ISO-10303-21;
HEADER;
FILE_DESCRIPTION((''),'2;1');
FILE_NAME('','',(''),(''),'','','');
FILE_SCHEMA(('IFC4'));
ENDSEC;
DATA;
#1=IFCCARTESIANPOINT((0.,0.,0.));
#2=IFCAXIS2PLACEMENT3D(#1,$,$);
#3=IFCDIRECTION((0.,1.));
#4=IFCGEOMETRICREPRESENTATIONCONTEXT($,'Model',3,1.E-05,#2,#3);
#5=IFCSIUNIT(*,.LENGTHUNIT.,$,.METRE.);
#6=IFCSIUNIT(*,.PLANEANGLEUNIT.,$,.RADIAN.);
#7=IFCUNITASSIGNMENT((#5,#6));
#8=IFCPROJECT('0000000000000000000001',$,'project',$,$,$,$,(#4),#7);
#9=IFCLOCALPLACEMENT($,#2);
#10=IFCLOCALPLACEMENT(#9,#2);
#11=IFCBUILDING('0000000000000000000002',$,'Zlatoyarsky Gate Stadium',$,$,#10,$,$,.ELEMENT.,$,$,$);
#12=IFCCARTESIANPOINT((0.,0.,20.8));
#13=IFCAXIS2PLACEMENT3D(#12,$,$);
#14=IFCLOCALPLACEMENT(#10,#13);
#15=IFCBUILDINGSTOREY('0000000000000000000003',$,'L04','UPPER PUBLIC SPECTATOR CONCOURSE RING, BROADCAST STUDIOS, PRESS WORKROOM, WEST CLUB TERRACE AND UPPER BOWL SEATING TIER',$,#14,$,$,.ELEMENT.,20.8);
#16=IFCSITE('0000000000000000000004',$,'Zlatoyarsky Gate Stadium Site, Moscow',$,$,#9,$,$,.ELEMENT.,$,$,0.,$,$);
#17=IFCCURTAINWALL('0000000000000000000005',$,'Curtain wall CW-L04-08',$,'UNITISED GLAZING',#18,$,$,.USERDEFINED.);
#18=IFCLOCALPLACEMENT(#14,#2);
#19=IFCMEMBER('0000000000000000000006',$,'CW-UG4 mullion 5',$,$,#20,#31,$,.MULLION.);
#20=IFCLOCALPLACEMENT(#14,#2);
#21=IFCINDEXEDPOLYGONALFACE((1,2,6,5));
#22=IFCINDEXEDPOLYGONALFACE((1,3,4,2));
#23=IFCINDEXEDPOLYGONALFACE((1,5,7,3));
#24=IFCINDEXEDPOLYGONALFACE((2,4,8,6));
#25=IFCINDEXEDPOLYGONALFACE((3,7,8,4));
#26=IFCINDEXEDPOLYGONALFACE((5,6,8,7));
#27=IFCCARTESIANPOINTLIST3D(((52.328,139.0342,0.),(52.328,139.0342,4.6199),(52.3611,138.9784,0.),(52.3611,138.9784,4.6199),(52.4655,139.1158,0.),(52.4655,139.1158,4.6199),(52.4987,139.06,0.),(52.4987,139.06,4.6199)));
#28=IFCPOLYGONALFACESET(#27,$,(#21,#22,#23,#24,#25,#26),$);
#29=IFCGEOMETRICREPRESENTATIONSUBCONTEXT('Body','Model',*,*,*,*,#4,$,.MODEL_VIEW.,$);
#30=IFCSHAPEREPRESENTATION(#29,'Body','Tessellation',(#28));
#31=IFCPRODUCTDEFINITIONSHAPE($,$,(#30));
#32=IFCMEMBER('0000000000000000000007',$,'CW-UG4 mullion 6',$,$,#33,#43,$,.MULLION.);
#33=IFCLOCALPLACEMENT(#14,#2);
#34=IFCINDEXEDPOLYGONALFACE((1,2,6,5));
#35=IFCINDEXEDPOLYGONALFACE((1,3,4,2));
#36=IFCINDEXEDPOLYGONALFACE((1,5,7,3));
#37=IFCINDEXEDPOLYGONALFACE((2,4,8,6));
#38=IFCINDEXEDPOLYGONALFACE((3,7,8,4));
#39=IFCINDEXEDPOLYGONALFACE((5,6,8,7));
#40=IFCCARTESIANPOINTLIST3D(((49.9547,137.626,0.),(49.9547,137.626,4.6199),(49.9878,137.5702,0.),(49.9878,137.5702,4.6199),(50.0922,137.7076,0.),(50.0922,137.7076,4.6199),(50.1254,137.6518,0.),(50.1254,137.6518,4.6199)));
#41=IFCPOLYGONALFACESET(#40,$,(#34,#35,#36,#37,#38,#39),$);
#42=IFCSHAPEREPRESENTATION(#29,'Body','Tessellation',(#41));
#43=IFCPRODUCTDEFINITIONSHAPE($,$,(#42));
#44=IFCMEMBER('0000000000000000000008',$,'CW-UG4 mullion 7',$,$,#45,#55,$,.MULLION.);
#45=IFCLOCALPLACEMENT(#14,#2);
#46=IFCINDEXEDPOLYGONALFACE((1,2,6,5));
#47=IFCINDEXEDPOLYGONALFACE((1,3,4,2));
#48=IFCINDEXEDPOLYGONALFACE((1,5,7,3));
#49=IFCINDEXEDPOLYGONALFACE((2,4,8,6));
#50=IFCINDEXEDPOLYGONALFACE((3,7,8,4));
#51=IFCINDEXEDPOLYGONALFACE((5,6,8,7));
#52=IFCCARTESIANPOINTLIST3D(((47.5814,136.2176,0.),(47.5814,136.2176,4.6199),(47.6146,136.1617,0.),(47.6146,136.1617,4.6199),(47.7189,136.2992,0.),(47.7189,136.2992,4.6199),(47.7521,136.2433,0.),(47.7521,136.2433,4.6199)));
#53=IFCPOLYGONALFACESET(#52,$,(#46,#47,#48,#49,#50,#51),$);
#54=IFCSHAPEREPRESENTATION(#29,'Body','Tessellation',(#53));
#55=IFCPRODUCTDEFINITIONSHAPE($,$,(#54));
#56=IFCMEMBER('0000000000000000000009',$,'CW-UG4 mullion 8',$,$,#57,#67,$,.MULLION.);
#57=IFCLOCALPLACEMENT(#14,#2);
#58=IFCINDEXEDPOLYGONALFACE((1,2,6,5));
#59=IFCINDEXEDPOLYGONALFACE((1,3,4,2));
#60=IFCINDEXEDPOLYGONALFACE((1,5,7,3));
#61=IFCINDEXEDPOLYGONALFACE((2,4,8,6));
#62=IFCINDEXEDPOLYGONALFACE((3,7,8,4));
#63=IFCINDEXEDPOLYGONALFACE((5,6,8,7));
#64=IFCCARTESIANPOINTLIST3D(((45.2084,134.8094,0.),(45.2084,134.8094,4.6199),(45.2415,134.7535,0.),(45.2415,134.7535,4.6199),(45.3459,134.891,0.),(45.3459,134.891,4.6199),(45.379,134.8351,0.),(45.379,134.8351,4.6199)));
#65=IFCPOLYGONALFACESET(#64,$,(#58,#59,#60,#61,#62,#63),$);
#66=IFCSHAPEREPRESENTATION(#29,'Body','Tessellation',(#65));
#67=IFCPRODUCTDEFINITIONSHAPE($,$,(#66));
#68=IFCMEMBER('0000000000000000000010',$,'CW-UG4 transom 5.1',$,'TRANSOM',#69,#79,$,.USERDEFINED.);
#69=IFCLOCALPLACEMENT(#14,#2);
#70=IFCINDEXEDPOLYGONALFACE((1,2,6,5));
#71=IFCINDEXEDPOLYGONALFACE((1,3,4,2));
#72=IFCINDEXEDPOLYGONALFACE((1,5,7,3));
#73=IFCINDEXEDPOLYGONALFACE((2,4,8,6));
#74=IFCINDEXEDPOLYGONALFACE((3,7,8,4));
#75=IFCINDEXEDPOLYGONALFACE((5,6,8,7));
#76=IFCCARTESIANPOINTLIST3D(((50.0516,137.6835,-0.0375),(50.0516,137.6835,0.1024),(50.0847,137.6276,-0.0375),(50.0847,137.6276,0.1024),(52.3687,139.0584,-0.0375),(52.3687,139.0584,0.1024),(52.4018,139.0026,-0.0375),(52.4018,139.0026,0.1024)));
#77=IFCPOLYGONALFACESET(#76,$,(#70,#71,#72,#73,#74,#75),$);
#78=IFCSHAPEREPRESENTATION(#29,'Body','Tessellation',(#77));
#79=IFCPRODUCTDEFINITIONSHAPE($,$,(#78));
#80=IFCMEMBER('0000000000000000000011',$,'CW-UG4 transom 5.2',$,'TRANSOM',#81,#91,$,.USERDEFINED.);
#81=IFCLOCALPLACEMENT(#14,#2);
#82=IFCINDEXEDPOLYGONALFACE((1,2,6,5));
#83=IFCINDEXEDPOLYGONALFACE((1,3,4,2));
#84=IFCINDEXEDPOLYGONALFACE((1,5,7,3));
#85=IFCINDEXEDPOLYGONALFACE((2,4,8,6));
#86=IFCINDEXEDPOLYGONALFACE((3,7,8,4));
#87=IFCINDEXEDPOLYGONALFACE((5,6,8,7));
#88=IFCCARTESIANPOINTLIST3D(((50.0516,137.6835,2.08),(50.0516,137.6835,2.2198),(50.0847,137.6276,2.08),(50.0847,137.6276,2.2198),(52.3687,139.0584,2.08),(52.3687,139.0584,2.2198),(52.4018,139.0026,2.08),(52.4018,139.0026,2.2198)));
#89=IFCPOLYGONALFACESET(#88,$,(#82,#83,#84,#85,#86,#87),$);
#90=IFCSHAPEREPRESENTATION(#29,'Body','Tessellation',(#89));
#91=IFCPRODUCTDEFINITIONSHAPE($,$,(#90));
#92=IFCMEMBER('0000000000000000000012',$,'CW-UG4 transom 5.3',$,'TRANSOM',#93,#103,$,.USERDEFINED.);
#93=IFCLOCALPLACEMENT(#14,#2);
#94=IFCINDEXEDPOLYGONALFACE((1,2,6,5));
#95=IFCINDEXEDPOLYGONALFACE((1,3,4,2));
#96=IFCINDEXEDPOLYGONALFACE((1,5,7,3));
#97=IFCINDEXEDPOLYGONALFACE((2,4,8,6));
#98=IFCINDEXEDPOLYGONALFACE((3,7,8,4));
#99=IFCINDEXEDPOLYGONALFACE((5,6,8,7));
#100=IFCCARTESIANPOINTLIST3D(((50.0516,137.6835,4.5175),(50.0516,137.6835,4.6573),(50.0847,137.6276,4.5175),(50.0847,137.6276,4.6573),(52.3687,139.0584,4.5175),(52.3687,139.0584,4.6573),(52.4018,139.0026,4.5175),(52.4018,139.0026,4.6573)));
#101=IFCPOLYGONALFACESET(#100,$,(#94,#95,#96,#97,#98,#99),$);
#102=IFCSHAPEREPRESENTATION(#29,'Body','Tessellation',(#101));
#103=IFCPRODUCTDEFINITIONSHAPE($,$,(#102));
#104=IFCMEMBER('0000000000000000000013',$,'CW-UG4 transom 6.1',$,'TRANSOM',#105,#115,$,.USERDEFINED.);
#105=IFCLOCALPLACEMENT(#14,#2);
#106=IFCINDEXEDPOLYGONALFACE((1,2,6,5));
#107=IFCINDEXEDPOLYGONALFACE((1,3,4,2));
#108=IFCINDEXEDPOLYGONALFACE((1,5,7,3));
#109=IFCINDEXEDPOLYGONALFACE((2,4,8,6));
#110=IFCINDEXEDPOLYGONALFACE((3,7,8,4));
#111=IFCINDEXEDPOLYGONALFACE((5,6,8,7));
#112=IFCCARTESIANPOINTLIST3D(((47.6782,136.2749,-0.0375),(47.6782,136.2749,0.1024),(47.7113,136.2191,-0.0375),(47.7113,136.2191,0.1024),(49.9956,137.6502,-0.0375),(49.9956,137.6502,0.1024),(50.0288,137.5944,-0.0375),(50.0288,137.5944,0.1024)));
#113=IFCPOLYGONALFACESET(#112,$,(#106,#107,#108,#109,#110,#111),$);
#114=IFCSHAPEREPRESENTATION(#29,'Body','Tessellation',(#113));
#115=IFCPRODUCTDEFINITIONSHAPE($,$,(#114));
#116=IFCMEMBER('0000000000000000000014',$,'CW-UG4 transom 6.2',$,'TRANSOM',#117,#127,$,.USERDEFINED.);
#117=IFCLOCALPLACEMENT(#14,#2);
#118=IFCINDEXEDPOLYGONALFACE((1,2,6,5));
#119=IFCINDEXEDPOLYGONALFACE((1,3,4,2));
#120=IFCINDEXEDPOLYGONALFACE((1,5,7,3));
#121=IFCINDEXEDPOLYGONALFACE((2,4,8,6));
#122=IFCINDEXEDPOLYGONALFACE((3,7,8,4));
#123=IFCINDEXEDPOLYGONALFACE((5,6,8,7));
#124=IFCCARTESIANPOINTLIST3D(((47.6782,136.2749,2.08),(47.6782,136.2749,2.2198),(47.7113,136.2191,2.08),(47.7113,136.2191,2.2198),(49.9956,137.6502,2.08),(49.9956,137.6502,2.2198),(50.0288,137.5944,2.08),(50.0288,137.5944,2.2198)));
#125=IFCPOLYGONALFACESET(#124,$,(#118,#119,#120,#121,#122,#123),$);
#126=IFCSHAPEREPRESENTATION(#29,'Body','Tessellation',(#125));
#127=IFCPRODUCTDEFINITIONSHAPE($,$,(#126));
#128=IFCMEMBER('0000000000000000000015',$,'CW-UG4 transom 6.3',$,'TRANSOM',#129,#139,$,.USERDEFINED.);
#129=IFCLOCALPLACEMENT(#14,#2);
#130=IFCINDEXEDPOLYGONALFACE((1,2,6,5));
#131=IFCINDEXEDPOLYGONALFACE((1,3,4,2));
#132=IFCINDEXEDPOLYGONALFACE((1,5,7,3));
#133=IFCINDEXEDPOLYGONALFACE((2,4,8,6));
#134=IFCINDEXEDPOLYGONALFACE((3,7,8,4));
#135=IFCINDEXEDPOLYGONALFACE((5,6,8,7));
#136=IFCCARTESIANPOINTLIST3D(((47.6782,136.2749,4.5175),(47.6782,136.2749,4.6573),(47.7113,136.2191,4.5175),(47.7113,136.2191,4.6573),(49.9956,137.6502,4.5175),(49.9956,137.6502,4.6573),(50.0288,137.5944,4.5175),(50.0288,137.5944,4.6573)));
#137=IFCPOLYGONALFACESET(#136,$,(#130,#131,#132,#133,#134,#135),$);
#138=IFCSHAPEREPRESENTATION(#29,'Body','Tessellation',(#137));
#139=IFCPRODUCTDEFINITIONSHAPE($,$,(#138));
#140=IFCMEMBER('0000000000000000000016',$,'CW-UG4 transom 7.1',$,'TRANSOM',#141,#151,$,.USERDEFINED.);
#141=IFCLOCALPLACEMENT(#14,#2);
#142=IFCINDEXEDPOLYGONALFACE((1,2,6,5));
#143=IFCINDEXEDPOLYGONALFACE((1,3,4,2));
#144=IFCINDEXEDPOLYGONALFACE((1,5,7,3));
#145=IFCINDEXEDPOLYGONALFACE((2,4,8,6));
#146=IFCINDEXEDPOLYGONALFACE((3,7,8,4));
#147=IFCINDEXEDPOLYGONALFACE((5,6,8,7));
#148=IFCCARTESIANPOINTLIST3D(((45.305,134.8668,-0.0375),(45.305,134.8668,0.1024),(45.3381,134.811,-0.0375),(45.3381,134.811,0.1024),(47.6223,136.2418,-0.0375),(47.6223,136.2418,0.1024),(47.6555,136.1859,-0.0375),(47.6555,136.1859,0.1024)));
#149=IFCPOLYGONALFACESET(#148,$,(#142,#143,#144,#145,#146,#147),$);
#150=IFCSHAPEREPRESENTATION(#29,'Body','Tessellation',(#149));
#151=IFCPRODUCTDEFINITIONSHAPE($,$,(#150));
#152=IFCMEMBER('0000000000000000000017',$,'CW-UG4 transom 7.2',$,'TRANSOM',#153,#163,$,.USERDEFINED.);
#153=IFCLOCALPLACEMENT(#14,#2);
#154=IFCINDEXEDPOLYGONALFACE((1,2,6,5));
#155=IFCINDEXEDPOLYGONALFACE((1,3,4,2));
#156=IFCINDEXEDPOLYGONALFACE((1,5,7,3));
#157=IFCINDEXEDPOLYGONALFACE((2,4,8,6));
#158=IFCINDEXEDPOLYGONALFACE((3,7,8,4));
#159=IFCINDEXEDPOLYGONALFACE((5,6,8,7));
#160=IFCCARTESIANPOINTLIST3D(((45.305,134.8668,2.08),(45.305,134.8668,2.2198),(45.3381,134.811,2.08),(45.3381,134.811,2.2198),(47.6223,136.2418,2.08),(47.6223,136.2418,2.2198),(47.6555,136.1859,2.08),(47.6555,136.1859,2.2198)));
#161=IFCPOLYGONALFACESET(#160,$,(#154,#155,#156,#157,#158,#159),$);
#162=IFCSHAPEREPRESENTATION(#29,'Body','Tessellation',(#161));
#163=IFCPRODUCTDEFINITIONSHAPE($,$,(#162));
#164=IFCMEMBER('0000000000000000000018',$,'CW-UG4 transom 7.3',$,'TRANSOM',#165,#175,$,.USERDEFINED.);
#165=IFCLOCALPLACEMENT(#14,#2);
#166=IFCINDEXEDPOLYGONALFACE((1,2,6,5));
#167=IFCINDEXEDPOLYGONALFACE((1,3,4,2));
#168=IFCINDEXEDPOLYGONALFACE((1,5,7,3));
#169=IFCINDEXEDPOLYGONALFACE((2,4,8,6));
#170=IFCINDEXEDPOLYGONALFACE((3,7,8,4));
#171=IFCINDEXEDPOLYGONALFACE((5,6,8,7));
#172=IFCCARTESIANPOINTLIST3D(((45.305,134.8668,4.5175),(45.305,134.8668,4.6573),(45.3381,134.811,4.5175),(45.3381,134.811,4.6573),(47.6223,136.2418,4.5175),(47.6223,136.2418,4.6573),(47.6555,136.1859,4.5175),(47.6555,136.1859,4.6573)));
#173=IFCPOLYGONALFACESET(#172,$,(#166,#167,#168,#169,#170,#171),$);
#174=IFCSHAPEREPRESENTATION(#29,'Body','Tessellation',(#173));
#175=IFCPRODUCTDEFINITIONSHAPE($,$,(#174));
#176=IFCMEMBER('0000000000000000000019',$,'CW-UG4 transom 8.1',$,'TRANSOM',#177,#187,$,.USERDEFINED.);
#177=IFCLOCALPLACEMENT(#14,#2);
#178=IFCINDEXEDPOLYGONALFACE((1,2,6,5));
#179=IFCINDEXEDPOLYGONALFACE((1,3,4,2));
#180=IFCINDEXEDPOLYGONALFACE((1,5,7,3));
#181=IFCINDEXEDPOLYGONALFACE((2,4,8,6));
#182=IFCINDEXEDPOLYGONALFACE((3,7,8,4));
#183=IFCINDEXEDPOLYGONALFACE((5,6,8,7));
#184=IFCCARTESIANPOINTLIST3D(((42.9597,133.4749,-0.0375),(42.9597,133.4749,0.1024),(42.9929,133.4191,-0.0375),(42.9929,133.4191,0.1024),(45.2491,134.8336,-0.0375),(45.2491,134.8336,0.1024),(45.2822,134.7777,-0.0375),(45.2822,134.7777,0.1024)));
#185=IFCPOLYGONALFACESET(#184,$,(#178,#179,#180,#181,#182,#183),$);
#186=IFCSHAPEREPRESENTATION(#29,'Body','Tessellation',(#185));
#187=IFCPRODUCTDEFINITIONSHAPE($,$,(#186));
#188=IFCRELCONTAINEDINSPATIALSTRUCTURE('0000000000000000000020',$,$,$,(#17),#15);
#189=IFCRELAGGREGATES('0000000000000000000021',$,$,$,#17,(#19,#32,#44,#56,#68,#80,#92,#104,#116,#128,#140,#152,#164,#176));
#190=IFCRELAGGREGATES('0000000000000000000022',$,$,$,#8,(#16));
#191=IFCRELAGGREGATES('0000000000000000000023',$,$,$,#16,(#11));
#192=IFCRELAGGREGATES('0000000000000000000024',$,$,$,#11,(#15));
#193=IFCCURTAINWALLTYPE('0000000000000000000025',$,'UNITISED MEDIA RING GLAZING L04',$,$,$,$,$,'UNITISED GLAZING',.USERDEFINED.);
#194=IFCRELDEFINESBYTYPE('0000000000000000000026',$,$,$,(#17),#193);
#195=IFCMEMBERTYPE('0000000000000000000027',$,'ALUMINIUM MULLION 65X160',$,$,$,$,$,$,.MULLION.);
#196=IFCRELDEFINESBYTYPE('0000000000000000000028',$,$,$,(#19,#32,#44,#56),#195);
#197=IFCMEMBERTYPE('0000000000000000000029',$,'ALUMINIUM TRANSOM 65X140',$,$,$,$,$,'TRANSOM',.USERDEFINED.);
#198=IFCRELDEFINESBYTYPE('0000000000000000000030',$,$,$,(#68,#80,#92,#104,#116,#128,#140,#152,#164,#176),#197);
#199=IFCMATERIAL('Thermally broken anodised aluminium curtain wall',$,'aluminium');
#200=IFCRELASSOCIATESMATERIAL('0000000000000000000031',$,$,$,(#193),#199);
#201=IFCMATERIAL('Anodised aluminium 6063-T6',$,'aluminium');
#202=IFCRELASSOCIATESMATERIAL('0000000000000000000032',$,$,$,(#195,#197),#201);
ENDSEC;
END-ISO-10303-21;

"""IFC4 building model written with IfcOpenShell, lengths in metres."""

from ifc_helpers import new_model, si_unit, direction, frame, origin, origin_2d, place, context, subcontext, project, spatial, rectangle, extrude, material, material_profile, profile_set, type_object, element, aggregate, save


model = new_model("IFC4")

# Units and contexts
model_context = context("Model", 3, precision=1e-05, world=origin(), true_north=direction((0.0, 1.0)))
body_context = subcontext(model_context, "Body", "Model", "MODEL_VIEW")
ifc_project = project(units=[si_unit("LENGTHUNIT", "METRE"), si_unit("PLANEANGLEUNIT", "RADIAN")], contexts=[model_context])

# Site, building, storey
site_placement = place(None, origin())
site = spatial("IfcSite", under=ifc_project, at=site_placement, Name="Zlatoyarsky Gate Stadium Site, Moscow", CompositionType="ELEMENT", RefElevation=0.0)
building_placement = place(site_placement, origin())
building = spatial("IfcBuilding", under=site, at=building_placement, Name="Zlatoyarsky Gate Stadium", CompositionType="ELEMENT")
storey_placement = place(building_placement, frame((0.0, 0.0, 20.8)))
storey = spatial("IfcBuildingStorey", under=building, at=storey_placement, Name="L04", Description="UPPER PUBLIC SPECTATOR CONCOURSE RING, BROADCAST STUDIOS, PRESS WORKROOM, WEST CLUB TERRACE AND UPPER BOWL SEATING TIER", CompositionType="ELEMENT", Elevation=20.8)

# Curtain wall, members
ifc_material_1 = material(Name="Thermally broken anodised aluminium curtain wall", Category="aluminium")
curtain_wall_type = type_object("IfcCurtainWallType", Name="UNITISED MEDIA RING GLAZING L04", ElementType="UNITISED GLAZING", PredefinedType="USERDEFINED", material=ifc_material_1)
curtain_wall_placement = place(storey_placement, origin())
curtain_wall = element("IfcCurtainWall", 1, at=curtain_wall_placement, inside=storey, type_object=curtain_wall_type, Name="Curtain wall CW-L04-08", ObjectType="UNITISED GLAZING", PredefinedType="USERDEFINED")
ifc_material_2 = material(Name="Anodised aluminium 6063-T6", Category="aluminium")
ifc_material_profile_1 = material_profile(ifc_material_2, rectangle(XDim=0.0649, YDim=0.1599, at=origin_2d()), Name="ALU 65X160")
ifc_profile_set_1 = profile_set([ifc_material_profile_1], Name="Anodised aluminium 6063-T6")
member_type_1 = type_object("IfcMemberType", Name="ALUMINIUM MULLION 65X160", PredefinedType="MULLION", material=ifc_profile_set_1)
member_1_placement = place(storey_placement, frame((52.4133, 139.0471, 0.0), z_axis=(0.0, 0.0, 1.0), x_axis=(0.51033, -0.859978, 0.0)))
member_1 = element("IfcMember", 2, at=member_1_placement, type_object=member_type_1, Name="CW-UG4 mullion 5", PredefinedType="MULLION", context=body_context, shape_type="SweptSolid", body=[
    extrude(rectangle(XDim=0.0649, YDim=0.1599, at=origin_2d()), origin(), (0.0, 0.0, 1.0), 4.6199),
])
member_2_placement = place(storey_placement, frame((50.04, 137.6389, 0.0), z_axis=(0.0, 0.0, 1.0), x_axis=(0.51033, -0.859978, 0.0)))
member_2 = element("IfcMember", 3, at=member_2_placement, type_object=member_type_1, Name="CW-UG4 mullion 6", PredefinedType="MULLION", context=body_context, shape_type="SweptSolid", body=[
    extrude(rectangle(XDim=0.0649, YDim=0.1599, at=origin_2d()), origin(), (0.0, 0.0, 1.0), 4.6199),
])
member_3_placement = place(storey_placement, frame((47.6667, 136.2305, 0.0), z_axis=(0.0, 0.0, 1.0), x_axis=(0.51033, -0.859978, 0.0)))
member_3 = element("IfcMember", 4, at=member_3_placement, type_object=member_type_1, Name="CW-UG4 mullion 7", PredefinedType="MULLION", context=body_context, shape_type="SweptSolid", body=[
    extrude(rectangle(XDim=0.0649, YDim=0.1599, at=origin_2d()), origin(), (0.0, 0.0, 1.0), 4.6199),
])
member_4_placement = place(storey_placement, frame((45.2937, 134.8223, 0.0), z_axis=(0.0, 0.0, 1.0), x_axis=(0.51033, -0.859978, 0.0)))
member_4 = element("IfcMember", 5, at=member_4_placement, type_object=member_type_1, Name="CW-UG4 mullion 8", PredefinedType="MULLION", context=body_context, shape_type="SweptSolid", body=[
    extrude(rectangle(XDim=0.0649, YDim=0.1599, at=origin_2d()), origin(), (0.0, 0.0, 1.0), 4.6199),
])
ifc_material_profile_2 = material_profile(ifc_material_2, rectangle(XDim=0.0649, YDim=0.1399, at=origin_2d()), Name="ALU 65X140")
ifc_profile_set_2 = profile_set([ifc_material_profile_2], Name="Anodised aluminium 6063-T6")
member_type_2 = type_object("IfcMemberType", Name="ALUMINIUM TRANSOM 65X140", ElementType="TRANSOM", PredefinedType="USERDEFINED", material=ifc_profile_set_2)
member_5_placement = place(storey_placement, frame((52.3853, 139.0305, 0.0325), z_axis=(-0.859985, -0.510319, 0.0), x_axis=(0.510319, -0.859985, 0.0)))
member_5 = element("IfcMember", 6, at=member_5_placement, type_object=member_type_2, Name="CW-UG4 transom 5.1", ObjectType="TRANSOM", PredefinedType="USERDEFINED", context=body_context, shape_type="SweptSolid", body=[
    extrude(rectangle(XDim=0.0649, YDim=0.1399, at=origin_2d()), origin(), (0.0, 0.0, 1.0), 2.6943),
])
member_6_placement = place(storey_placement, frame((52.3853, 139.0305, 2.1499), z_axis=(-0.859985, -0.510319, 0.0), x_axis=(0.510319, -0.859985, 0.0)))
member_6 = element("IfcMember", 7, at=member_6_placement, type_object=member_type_2, Name="CW-UG4 transom 5.2", ObjectType="TRANSOM", PredefinedType="USERDEFINED", context=body_context, shape_type="SweptSolid", body=[
    extrude(rectangle(XDim=0.0649, YDim=0.1399, at=origin_2d()), origin(), (0.0, 0.0, 1.0), 2.6943),
])
member_7_placement = place(storey_placement, frame((52.3853, 139.0305, 4.5874), z_axis=(-0.859985, -0.510319, 0.0), x_axis=(0.510319, -0.859985, 0.0)))
member_7 = element("IfcMember", 8, at=member_7_placement, type_object=member_type_2, Name="CW-UG4 transom 5.3", ObjectType="TRANSOM", PredefinedType="USERDEFINED", context=body_context, shape_type="SweptSolid", body=[
    extrude(rectangle(XDim=0.0649, YDim=0.1399, at=origin_2d()), origin(), (0.0, 0.0, 1.0), 2.6943),
])
member_8_placement = place(storey_placement, frame((50.0122, 137.6223, 0.0325), z_axis=(-0.859969, -0.510346, 0.0), x_axis=(0.510346, -0.859969, 0.0)))
member_8 = element("IfcMember", 9, at=member_8_placement, type_object=member_type_2, Name="CW-UG4 transom 6.1", ObjectType="TRANSOM", PredefinedType="USERDEFINED", context=body_context, shape_type="SweptSolid", body=[
    extrude(rectangle(XDim=0.0649, YDim=0.1399, at=origin_2d()), origin(), (0.0, 0.0, 1.0), 2.6948),
])
member_9_placement = place(storey_placement, frame((50.0122, 137.6223, 2.1499), z_axis=(-0.859969, -0.510346, 0.0), x_axis=(0.510346, -0.859969, 0.0)))
member_9 = element("IfcMember", 10, at=member_9_placement, type_object=member_type_2, Name="CW-UG4 transom 6.2", ObjectType="TRANSOM", PredefinedType="USERDEFINED", context=body_context, shape_type="SweptSolid", body=[
    extrude(rectangle(XDim=0.0649, YDim=0.1399, at=origin_2d()), origin(), (0.0, 0.0, 1.0), 2.6948),
])
member_10_placement = place(storey_placement, frame((50.0122, 137.6223, 4.5874), z_axis=(-0.859969, -0.510346, 0.0), x_axis=(0.510346, -0.859969, 0.0)))
member_10 = element("IfcMember", 11, at=member_10_placement, type_object=member_type_2, Name="CW-UG4 transom 6.3", ObjectType="TRANSOM", PredefinedType="USERDEFINED", context=body_context, shape_type="SweptSolid", body=[
    extrude(rectangle(XDim=0.0649, YDim=0.1399, at=origin_2d()), origin(), (0.0, 0.0, 1.0), 2.6948),
])
member_11_placement = place(storey_placement, frame((47.6389, 136.2139, 0.0325), z_axis=(-0.860009, -0.510279, 0.0), x_axis=(0.510279, -0.860009, 0.0)))
member_11 = element("IfcMember", 12, at=member_11_placement, type_object=member_type_2, Name="CW-UG4 transom 7.1", ObjectType="TRANSOM", PredefinedType="USERDEFINED", context=body_context, shape_type="SweptSolid", body=[
    extrude(rectangle(XDim=0.0649, YDim=0.1399, at=origin_2d()), origin(), (0.0, 0.0, 1.0), 2.6946),
])
member_12_placement = place(storey_placement, frame((47.6389, 136.2139, 2.1499), z_axis=(-0.860009, -0.510279, 0.0), x_axis=(0.510279, -0.860009, 0.0)))
member_12 = element("IfcMember", 13, at=member_12_placement, type_object=member_type_2, Name="CW-UG4 transom 7.2", ObjectType="TRANSOM", PredefinedType="USERDEFINED", context=body_context, shape_type="SweptSolid", body=[
    extrude(rectangle(XDim=0.0649, YDim=0.1399, at=origin_2d()), origin(), (0.0, 0.0, 1.0), 2.6946),
])
member_13_placement = place(storey_placement, frame((47.6389, 136.2139, 4.5874), z_axis=(-0.860009, -0.510279, 0.0), x_axis=(0.510279, -0.860009, 0.0)))
member_13 = element("IfcMember", 14, at=member_13_placement, type_object=member_type_2, Name="CW-UG4 transom 7.3", ObjectType="TRANSOM", PredefinedType="USERDEFINED", context=body_context, shape_type="SweptSolid", body=[
    extrude(rectangle(XDim=0.0649, YDim=0.1399, at=origin_2d()), origin(), (0.0, 0.0, 1.0), 2.6946),
])
member_14_placement = place(storey_placement, frame((45.2656, 134.8057, 0.0325), z_axis=(-0.859959, -0.510363, 0.0), x_axis=(0.510363, -0.859959, 0.0)))
member_14 = element("IfcMember", 15, at=member_14_placement, type_object=member_type_2, Name="CW-UG4 transom 8.1", ObjectType="TRANSOM", PredefinedType="USERDEFINED", context=body_context, shape_type="SweptSolid", body=[
    extrude(rectangle(XDim=0.0649, YDim=0.1399, at=origin_2d()), origin(), (0.0, 0.0, 1.0), 2.6621),
])

aggregate(curtain_wall, [member_1, member_2, member_3, member_4, member_5, member_6, member_7, member_8, member_9, member_10, member_11, member_12, member_13, member_14])

save(model, "model.ifc")
